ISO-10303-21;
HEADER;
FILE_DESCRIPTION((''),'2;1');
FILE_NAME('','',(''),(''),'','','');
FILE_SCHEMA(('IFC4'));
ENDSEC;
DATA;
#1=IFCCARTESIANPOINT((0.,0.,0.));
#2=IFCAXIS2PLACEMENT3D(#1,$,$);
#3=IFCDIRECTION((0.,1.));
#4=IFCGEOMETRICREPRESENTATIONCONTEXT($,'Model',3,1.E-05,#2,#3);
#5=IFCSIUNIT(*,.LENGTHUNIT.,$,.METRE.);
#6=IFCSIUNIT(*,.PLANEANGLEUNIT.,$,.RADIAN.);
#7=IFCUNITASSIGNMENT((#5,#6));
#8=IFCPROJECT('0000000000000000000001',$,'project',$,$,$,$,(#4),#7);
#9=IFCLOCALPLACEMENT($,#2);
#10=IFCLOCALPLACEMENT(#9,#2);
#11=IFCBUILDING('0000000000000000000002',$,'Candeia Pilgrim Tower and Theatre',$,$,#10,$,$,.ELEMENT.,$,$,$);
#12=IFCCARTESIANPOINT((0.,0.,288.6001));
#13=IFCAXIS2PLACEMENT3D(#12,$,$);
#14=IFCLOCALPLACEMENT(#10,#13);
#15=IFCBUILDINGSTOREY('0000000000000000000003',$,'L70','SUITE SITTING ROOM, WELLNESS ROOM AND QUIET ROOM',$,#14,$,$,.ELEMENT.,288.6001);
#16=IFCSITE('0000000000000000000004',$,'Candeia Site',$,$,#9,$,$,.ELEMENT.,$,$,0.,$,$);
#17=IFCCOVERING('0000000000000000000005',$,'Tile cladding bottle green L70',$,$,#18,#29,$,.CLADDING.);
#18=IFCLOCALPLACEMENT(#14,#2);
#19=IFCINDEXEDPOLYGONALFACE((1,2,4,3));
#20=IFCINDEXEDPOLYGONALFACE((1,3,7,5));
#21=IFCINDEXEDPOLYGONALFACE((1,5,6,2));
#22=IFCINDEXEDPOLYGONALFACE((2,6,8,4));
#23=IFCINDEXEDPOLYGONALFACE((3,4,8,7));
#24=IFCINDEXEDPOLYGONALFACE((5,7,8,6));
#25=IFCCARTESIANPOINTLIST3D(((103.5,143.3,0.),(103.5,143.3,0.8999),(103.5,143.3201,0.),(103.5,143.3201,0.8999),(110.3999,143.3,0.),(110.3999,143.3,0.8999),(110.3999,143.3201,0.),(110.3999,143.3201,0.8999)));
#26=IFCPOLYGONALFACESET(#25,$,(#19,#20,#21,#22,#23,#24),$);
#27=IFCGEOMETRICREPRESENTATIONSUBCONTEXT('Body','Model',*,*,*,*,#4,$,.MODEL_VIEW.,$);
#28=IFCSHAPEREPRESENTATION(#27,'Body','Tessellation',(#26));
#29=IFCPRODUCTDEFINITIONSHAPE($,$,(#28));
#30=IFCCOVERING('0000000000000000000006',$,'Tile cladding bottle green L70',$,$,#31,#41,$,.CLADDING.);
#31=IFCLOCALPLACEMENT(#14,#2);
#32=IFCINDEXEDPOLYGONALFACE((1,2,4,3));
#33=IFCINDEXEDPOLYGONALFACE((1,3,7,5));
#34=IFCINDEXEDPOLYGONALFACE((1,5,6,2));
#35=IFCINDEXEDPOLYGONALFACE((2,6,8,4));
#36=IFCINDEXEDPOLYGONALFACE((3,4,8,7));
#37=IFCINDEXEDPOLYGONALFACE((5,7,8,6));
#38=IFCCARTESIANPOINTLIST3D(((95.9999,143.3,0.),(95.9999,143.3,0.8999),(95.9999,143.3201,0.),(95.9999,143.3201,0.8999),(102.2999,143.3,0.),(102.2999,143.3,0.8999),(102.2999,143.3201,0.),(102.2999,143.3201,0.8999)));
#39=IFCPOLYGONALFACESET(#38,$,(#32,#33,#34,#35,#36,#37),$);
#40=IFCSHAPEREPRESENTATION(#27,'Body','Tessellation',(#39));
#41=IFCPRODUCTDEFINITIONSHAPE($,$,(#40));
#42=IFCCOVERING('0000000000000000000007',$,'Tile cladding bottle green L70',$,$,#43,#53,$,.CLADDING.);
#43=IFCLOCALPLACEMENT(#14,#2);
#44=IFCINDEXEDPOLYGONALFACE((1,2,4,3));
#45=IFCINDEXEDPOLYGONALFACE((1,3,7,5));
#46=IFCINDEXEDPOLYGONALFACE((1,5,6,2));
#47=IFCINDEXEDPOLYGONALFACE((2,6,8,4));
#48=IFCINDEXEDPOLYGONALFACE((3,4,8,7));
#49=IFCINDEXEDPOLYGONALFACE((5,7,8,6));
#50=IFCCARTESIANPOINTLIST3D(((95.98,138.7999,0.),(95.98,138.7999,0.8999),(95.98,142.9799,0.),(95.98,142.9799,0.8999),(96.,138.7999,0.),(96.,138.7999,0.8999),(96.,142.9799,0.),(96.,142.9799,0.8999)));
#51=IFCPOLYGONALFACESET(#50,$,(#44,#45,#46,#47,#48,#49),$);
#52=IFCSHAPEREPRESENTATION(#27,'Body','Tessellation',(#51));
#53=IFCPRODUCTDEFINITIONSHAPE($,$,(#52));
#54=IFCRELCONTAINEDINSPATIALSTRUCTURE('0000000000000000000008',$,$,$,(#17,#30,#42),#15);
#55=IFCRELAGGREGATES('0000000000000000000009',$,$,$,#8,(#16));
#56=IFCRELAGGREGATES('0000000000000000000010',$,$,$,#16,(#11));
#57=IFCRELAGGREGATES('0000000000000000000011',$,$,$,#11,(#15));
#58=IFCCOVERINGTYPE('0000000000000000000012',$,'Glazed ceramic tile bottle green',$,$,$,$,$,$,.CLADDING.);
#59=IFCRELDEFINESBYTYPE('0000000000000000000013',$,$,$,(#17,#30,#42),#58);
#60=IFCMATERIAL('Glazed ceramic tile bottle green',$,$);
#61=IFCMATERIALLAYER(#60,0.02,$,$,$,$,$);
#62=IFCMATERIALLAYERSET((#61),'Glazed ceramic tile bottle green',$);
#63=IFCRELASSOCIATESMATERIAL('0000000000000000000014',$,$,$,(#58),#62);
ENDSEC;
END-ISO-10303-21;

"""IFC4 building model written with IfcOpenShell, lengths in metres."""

from ifc_helpers import new_model, si_unit, direction, frame, origin, origin_2d, place, context, subcontext, project, spatial, rectangle, extrude, material, layer, layer_set, type_object, element, save


model = new_model("IFC4")

# Units and contexts
model_context = context("Model", 3, precision=1e-05, world=origin(), true_north=direction((0.0, 1.0)))
body_context = subcontext(model_context, "Body", "Model", "MODEL_VIEW")
ifc_project = project(units=[si_unit("LENGTHUNIT", "METRE"), si_unit("PLANEANGLEUNIT", "RADIAN")], contexts=[model_context])

# Site, building, storey
site_placement = place(None, origin())
site = spatial("IfcSite", under=ifc_project, at=site_placement, Name="Candeia Site", CompositionType="ELEMENT", RefElevation=0.0)
building_placement = place(site_placement, origin())
building = spatial("IfcBuilding", under=site, at=building_placement, Name="Candeia Pilgrim Tower and Theatre", CompositionType="ELEMENT")
storey_placement = place(building_placement, frame((0.0, 0.0, 288.6001)))
storey = spatial("IfcBuildingStorey", under=building, at=storey_placement, Name="L70", Description="SUITE SITTING ROOM, WELLNESS ROOM AND QUIET ROOM", CompositionType="ELEMENT", Elevation=288.6001)

# Coverings
ifc_material_1 = material(Name="Glazed ceramic tile bottle green")
ifc_layer_1 = layer(ifc_material_1, 0.02)
ifc_layer_set_1 = layer_set([ifc_layer_1], Name="Glazed ceramic tile bottle green")
covering_type = type_object("IfcCoveringType", Name="Glazed ceramic tile bottle green", PredefinedType="CLADDING", material=ifc_layer_set_1)
covering_1_placement = place(storey_placement, frame((106.95, 143.3101, 0.0), z_axis=(0.0, 0.0, 1.0), x_axis=(-1.0, 0.0, 0.0)))
element("IfcCovering", 1, at=covering_1_placement, inside=storey, type_object=covering_type, Name="Tile cladding bottle green L70", PredefinedType="CLADDING", context=body_context, shape_type="SweptSolid", body=[
    extrude(rectangle(XDim=6.8999, YDim=0.02, at=origin_2d()), origin(), (0.0, 0.0, 1.0), 0.8999),
])
covering_2_placement = place(storey_placement, frame((99.1499, 143.3101, 0.0), z_axis=(0.0, 0.0, 1.0), x_axis=(-1.0, 0.0, 0.0)))
element("IfcCovering", 2, at=covering_2_placement, inside=storey, type_object=covering_type, Name="Tile cladding bottle green L70", PredefinedType="CLADDING", context=body_context, shape_type="SweptSolid", body=[
    extrude(rectangle(XDim=6.3, YDim=0.02, at=origin_2d()), origin(), (0.0, 0.0, 1.0), 0.8999),
])
covering_3_placement = place(storey_placement, frame((95.99, 140.8899, 0.0), z_axis=(0.0, 0.0, 1.0), x_axis=(0.0, -1.0, 0.0)))
element("IfcCovering", 3, at=covering_3_placement, inside=storey, type_object=covering_type, Name="Tile cladding bottle green L70", PredefinedType="CLADDING", context=body_context, shape_type="SweptSolid", body=[
    extrude(rectangle(XDim=4.1799, YDim=0.02, at=origin_2d()), origin(), (0.0, 0.0, 1.0), 0.8999),
])

save(model, "model.ifc")
